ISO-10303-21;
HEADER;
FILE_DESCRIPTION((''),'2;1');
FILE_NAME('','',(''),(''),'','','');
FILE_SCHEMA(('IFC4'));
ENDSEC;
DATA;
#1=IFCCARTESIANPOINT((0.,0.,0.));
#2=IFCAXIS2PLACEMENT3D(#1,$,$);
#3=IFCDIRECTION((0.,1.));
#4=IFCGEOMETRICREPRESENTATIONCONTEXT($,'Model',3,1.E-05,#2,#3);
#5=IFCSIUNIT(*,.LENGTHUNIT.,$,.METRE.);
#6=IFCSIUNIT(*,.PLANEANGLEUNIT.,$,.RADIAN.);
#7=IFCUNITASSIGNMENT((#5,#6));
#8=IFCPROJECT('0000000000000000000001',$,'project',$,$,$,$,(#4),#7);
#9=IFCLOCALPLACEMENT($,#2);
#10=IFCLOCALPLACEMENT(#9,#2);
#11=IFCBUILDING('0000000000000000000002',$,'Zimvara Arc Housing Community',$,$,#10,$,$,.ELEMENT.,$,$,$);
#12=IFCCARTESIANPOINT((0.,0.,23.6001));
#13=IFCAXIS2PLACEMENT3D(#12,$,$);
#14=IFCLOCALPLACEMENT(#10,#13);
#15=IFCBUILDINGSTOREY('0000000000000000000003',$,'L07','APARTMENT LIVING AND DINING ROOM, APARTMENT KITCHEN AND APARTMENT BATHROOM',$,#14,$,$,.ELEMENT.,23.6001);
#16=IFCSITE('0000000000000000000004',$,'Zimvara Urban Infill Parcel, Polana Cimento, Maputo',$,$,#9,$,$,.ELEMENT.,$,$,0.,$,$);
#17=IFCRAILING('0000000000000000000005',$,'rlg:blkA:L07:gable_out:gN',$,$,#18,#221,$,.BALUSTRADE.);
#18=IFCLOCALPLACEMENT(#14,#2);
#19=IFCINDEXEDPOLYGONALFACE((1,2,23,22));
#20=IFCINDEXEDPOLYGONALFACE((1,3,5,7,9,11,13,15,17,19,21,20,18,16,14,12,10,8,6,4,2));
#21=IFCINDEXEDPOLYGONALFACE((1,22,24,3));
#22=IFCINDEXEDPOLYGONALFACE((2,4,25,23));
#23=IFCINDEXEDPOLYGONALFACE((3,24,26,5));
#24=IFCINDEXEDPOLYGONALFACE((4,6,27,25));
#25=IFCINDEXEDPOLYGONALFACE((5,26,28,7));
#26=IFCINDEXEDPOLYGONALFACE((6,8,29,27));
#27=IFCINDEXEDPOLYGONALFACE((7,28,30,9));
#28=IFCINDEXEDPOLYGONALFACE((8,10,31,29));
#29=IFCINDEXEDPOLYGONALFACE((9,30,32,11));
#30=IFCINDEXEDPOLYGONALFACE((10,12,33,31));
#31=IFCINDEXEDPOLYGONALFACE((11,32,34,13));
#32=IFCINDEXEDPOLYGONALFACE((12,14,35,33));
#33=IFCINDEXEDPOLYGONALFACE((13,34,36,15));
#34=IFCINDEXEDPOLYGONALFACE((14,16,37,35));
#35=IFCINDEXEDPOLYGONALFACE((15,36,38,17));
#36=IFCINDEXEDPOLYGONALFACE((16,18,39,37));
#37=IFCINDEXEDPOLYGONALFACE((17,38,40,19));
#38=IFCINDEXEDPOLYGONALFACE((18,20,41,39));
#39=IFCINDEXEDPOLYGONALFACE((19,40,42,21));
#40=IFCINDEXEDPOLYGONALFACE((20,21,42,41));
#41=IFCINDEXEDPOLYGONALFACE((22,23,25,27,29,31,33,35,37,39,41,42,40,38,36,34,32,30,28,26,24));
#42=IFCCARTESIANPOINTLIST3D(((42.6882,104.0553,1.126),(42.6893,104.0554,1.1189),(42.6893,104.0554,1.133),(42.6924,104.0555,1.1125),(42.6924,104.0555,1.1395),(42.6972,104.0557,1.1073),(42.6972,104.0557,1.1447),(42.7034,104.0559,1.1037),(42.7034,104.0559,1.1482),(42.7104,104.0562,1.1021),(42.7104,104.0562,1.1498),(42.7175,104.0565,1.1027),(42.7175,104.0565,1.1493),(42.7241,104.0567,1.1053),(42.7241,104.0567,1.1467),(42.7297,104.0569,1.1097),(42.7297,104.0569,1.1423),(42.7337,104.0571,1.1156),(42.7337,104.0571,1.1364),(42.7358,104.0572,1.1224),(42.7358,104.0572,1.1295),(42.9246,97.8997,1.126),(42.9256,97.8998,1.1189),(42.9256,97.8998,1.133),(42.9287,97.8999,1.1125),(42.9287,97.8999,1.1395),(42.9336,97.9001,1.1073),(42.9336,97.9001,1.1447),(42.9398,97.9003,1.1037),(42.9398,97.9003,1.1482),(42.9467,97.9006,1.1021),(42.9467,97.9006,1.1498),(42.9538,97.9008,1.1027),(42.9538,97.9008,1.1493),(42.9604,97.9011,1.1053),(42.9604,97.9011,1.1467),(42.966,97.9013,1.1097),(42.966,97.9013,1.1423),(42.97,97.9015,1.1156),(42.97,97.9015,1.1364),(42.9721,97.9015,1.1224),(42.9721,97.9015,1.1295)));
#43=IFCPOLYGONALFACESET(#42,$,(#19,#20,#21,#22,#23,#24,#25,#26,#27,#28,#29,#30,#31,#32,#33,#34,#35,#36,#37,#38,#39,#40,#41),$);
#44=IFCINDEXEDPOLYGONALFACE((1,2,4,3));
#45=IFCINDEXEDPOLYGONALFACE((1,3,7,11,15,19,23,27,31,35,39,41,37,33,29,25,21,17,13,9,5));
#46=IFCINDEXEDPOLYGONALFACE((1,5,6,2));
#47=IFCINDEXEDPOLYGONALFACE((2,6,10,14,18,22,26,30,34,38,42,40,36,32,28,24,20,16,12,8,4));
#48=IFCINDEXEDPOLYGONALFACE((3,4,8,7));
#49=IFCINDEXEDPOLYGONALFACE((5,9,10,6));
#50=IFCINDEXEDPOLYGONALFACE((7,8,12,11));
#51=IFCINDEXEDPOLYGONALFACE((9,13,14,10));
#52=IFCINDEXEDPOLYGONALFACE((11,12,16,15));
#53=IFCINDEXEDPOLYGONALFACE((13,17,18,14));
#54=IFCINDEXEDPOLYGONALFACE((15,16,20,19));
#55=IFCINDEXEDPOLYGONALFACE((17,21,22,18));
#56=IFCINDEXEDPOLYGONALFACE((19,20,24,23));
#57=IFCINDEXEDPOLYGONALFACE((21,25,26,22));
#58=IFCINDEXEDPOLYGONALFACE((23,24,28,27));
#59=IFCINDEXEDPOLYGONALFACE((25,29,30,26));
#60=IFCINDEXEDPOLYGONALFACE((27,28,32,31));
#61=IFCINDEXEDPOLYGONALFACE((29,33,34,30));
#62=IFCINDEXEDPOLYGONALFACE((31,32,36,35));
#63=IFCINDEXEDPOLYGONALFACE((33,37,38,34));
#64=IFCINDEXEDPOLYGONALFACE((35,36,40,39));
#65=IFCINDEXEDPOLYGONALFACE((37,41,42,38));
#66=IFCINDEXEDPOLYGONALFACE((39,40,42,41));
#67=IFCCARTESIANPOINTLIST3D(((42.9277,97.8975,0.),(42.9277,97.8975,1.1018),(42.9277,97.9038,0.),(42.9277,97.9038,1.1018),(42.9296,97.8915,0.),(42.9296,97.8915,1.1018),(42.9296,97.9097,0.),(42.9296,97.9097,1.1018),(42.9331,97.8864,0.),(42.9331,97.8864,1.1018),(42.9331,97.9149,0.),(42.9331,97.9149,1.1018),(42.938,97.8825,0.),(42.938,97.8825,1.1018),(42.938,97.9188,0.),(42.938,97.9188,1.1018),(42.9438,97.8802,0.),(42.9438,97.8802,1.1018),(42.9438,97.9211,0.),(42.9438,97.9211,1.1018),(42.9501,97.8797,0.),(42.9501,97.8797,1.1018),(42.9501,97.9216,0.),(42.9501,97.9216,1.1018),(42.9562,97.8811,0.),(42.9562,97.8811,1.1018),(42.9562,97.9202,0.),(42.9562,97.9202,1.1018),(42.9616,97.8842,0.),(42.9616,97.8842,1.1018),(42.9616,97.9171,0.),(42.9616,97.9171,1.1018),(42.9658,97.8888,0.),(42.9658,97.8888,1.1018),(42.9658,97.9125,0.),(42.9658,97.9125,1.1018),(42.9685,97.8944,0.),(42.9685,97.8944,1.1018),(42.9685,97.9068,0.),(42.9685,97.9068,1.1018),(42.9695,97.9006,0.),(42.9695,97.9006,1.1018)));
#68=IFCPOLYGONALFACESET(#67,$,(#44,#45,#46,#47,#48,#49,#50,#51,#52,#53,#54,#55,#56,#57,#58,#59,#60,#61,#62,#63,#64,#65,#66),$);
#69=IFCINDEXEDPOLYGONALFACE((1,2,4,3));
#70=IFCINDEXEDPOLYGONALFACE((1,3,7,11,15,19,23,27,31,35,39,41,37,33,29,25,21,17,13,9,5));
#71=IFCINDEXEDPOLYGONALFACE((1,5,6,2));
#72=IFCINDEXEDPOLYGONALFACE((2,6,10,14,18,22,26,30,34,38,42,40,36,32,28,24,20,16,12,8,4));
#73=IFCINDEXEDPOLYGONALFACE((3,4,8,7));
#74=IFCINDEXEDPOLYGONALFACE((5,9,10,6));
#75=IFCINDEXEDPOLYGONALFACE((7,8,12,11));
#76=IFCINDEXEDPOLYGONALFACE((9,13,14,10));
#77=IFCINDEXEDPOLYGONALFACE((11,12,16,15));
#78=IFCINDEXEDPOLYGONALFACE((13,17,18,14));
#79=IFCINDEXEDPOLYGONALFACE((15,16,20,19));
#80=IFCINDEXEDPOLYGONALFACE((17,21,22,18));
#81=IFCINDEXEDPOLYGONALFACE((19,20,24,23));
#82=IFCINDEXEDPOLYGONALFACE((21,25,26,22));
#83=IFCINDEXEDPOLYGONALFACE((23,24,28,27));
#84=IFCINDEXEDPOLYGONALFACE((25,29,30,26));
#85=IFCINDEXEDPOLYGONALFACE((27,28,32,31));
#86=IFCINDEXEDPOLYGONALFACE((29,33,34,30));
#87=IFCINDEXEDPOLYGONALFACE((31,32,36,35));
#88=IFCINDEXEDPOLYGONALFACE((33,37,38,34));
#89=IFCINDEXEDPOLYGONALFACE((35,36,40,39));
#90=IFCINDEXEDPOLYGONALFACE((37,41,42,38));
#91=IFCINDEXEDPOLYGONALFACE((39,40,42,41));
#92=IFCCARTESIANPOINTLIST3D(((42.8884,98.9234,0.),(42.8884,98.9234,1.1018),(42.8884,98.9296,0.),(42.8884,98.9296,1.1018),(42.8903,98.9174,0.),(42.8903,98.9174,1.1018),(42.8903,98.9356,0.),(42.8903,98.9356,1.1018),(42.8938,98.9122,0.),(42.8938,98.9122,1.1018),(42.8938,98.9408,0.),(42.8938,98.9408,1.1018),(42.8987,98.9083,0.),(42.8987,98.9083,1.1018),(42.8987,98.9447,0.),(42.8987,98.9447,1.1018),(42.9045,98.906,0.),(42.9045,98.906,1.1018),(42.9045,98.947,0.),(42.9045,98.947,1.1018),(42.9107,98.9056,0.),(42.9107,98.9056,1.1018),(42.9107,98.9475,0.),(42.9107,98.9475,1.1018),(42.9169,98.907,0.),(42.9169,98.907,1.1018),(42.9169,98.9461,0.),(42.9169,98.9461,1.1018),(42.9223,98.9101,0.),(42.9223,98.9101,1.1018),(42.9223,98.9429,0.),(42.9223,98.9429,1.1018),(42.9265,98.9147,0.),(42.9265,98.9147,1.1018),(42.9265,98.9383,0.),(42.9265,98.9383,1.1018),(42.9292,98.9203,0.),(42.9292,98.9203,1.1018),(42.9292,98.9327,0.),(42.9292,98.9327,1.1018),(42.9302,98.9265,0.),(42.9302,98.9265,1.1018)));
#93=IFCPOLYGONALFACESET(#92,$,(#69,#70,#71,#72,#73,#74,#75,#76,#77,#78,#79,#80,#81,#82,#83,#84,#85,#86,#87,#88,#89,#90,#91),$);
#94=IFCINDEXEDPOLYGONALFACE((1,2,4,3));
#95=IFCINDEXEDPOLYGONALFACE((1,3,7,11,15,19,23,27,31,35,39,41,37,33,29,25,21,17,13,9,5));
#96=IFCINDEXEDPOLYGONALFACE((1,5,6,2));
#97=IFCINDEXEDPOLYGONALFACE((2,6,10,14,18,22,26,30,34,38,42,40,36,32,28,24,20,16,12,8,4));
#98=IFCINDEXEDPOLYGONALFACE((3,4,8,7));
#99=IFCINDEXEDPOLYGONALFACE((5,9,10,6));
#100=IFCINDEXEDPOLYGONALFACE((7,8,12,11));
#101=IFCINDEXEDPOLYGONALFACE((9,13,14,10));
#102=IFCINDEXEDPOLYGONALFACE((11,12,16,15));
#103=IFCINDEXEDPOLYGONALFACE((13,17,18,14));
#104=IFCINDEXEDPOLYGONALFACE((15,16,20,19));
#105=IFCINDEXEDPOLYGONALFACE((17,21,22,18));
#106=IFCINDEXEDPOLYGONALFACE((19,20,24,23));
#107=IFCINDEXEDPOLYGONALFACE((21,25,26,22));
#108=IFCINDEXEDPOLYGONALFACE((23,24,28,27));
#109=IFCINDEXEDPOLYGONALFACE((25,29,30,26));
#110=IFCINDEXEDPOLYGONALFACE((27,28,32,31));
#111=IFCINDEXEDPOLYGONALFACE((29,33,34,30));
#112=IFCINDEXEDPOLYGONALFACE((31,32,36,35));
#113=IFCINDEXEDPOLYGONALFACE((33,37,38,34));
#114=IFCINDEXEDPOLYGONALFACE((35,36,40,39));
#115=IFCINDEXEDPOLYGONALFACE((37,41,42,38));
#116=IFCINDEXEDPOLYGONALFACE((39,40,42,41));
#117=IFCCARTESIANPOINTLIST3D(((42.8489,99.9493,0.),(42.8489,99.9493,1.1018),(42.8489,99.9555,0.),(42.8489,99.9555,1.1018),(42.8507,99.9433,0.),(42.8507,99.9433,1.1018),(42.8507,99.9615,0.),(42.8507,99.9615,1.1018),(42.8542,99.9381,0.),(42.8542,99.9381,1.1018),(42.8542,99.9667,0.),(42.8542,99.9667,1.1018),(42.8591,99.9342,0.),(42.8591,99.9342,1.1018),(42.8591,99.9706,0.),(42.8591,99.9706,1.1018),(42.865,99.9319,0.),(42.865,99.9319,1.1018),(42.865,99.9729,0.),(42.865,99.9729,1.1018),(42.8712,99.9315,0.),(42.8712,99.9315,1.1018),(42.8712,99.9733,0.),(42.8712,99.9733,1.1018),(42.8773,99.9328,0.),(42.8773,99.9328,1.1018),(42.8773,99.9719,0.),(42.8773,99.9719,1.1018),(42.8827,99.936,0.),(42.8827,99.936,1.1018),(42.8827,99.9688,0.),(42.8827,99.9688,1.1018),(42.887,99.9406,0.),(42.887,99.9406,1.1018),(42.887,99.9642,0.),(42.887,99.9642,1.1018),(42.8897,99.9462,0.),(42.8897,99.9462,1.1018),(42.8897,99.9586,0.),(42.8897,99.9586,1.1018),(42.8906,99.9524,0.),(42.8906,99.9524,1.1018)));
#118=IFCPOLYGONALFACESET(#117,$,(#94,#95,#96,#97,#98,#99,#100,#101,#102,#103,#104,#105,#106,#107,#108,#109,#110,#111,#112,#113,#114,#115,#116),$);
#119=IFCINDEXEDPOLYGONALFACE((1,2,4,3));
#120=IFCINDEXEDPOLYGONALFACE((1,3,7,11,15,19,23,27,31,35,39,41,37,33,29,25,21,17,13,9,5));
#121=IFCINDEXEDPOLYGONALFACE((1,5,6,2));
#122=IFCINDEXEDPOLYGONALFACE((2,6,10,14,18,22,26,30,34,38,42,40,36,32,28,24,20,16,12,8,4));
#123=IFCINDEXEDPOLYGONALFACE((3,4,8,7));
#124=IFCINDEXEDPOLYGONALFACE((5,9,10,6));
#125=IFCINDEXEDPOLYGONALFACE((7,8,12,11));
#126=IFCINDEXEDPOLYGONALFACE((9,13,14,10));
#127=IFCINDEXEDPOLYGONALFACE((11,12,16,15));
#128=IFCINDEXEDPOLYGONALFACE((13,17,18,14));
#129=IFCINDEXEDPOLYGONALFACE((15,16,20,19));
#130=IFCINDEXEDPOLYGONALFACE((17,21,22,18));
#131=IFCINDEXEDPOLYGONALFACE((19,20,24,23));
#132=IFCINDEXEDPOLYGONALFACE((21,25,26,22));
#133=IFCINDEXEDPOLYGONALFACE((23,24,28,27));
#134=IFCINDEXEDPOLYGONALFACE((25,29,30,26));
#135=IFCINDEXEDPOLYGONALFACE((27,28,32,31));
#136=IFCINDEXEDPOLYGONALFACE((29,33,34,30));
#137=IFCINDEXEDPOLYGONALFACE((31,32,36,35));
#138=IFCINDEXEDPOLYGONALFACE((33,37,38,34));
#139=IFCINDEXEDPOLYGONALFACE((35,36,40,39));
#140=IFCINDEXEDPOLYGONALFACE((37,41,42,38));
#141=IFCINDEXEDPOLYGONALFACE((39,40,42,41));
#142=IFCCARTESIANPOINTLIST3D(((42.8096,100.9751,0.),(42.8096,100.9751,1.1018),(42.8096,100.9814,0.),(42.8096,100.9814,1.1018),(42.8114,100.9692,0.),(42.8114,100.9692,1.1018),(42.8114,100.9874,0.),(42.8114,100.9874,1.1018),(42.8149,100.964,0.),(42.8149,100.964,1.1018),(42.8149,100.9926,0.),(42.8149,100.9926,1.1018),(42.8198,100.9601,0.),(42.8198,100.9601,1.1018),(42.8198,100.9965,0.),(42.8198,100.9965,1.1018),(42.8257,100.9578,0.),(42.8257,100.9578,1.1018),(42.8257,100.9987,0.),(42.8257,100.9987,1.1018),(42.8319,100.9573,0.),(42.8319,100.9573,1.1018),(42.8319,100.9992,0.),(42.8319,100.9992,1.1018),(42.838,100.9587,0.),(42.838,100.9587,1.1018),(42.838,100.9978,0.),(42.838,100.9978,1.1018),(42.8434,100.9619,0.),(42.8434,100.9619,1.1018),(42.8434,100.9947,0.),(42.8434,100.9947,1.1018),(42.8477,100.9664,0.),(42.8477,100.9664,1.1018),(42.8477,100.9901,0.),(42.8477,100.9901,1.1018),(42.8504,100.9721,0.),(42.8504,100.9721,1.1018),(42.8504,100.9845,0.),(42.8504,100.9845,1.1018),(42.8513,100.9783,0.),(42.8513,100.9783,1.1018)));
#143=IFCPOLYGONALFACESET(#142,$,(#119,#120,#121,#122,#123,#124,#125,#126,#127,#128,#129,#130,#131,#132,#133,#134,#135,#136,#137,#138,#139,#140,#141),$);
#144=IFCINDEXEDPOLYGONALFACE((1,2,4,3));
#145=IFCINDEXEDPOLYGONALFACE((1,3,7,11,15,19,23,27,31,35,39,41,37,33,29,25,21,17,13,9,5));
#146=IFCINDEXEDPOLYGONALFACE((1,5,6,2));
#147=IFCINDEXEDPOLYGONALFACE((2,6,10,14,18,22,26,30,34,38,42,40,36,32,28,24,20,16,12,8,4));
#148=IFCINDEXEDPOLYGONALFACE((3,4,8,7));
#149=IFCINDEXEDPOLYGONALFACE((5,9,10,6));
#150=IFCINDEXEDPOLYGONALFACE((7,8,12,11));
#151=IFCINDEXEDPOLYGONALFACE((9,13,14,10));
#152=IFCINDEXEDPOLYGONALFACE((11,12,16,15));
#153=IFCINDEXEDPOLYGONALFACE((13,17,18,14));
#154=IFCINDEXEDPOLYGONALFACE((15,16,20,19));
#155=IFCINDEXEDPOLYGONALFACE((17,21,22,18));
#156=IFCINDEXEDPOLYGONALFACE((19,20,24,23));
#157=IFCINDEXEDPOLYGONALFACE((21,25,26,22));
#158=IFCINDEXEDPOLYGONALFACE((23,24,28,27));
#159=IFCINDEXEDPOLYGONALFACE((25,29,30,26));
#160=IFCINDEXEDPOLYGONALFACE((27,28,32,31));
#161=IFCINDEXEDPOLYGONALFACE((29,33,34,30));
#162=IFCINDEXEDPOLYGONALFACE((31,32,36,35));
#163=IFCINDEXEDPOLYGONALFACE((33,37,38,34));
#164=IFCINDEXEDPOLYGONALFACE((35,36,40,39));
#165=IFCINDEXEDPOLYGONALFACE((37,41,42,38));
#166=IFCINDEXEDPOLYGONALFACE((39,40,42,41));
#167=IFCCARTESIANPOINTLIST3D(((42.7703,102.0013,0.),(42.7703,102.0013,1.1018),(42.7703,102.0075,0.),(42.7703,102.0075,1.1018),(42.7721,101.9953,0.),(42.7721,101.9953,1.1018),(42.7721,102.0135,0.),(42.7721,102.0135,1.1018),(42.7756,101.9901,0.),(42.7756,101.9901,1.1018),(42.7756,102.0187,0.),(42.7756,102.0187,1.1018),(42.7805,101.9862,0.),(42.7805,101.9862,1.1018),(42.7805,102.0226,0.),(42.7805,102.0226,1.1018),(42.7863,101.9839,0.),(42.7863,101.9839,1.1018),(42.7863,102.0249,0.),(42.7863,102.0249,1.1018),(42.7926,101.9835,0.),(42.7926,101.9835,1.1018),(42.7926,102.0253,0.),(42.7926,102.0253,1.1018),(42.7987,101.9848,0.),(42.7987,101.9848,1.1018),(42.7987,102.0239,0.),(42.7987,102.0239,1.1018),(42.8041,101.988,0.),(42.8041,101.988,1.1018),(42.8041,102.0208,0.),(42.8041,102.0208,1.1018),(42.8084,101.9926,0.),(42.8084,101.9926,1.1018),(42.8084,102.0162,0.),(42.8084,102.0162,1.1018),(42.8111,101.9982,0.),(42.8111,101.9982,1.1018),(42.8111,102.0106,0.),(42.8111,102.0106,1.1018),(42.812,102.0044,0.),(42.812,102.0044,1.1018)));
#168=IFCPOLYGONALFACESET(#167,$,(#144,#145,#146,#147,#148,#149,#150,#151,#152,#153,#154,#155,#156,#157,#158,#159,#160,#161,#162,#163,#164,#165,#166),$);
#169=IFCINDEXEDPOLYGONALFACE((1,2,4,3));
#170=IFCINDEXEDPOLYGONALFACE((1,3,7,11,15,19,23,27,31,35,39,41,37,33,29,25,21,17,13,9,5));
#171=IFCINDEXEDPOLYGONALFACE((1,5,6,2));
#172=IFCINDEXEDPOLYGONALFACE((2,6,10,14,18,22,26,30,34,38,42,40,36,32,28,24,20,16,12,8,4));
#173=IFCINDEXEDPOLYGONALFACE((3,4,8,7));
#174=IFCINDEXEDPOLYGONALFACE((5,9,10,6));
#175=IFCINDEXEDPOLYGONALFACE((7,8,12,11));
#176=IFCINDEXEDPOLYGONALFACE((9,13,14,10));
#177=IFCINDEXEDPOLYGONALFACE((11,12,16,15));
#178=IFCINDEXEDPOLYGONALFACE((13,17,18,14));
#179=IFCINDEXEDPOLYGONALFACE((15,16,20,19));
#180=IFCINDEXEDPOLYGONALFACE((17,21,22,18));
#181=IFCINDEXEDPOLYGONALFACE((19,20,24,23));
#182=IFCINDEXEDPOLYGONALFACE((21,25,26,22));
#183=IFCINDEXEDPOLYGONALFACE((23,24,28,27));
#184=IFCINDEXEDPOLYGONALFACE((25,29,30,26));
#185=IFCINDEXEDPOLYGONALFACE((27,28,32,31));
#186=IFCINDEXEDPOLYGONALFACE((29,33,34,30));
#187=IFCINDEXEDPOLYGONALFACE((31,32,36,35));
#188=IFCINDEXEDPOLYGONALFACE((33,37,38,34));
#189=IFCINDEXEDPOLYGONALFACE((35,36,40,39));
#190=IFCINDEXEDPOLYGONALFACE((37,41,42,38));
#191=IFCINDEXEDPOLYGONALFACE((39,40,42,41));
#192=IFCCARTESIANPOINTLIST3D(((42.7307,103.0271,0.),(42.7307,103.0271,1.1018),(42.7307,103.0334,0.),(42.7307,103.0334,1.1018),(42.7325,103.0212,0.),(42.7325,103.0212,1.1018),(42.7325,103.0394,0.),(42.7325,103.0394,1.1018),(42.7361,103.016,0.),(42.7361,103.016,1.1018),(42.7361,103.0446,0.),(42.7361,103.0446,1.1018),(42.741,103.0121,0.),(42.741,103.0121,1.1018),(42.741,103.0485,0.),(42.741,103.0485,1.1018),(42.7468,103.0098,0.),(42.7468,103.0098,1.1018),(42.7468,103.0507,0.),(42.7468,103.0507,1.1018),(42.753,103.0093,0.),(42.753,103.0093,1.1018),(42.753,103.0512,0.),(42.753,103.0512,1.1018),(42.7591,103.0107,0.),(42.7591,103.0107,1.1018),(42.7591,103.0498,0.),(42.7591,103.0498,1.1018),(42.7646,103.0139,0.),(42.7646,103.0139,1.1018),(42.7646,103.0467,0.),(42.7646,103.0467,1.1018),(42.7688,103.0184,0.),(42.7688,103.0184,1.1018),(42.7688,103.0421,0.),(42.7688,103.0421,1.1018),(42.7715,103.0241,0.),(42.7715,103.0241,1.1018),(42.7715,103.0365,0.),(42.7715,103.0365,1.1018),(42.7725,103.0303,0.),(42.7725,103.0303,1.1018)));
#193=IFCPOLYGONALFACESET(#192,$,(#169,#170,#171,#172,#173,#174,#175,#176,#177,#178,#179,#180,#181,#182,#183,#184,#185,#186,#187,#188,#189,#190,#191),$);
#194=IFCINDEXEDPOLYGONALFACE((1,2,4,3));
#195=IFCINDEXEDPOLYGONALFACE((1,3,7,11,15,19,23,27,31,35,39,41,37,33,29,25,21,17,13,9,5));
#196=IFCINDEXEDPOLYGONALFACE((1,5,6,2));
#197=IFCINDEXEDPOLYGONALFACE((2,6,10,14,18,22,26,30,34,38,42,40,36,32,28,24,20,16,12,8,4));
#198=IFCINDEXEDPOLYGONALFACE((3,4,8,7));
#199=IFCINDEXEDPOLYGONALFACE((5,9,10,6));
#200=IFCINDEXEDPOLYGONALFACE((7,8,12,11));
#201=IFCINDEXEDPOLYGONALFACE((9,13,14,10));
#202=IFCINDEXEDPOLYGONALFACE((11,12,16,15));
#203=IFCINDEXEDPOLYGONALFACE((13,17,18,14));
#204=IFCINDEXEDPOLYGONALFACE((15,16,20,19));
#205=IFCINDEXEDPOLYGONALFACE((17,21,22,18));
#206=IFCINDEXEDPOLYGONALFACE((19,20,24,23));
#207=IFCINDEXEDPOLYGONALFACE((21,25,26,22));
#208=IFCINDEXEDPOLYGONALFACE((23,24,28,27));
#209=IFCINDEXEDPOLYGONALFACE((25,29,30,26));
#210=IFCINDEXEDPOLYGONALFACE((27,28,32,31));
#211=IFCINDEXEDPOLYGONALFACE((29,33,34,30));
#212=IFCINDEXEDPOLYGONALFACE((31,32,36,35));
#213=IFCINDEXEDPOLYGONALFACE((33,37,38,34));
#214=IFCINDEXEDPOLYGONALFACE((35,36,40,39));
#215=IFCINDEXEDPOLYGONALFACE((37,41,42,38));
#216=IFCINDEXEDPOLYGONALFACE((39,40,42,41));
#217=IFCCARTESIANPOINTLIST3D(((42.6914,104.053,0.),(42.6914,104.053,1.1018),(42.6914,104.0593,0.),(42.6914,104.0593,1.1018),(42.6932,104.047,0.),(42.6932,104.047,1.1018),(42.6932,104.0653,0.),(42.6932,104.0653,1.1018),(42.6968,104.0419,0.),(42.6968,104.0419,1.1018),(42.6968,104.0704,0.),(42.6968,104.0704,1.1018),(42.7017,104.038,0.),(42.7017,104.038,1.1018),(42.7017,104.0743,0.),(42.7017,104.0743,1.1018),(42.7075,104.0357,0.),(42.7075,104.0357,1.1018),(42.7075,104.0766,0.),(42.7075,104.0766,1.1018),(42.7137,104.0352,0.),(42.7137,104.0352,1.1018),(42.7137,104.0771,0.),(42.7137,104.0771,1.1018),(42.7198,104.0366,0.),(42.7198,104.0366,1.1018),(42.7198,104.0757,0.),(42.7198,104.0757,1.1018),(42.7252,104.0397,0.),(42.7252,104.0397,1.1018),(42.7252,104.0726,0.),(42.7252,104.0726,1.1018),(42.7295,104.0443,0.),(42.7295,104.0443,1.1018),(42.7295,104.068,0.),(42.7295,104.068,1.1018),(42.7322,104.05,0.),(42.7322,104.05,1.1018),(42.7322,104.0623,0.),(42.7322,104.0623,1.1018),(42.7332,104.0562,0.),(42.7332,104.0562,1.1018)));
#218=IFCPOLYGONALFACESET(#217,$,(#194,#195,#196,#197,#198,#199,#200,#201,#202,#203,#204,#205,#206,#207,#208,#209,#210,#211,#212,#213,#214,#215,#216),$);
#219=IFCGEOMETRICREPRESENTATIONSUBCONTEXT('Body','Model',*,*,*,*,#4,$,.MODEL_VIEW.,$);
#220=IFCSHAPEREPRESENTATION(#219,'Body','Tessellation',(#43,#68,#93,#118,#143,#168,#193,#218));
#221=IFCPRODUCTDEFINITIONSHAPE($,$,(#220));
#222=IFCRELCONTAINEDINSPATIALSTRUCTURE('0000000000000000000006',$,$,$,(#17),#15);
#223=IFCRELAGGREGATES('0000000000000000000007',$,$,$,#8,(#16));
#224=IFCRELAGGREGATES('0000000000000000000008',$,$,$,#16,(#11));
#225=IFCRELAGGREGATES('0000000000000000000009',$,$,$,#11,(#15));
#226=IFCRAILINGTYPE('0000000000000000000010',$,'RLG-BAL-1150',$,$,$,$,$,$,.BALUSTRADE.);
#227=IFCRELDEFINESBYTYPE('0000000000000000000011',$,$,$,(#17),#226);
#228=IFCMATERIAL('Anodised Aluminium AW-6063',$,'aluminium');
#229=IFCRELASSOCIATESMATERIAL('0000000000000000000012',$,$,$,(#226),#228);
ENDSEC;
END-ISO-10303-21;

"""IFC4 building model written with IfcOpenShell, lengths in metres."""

from ifc_helpers import new_model, si_unit, direction, frame, origin, origin_2d, place, context, subcontext, project, spatial, circle, extrude, material, type_object, element, save


model = new_model("IFC4")

# Units and contexts
model_context = context("Model", 3, precision=1e-05, world=origin(), true_north=direction((0.0, 1.0)))
body_context = subcontext(model_context, "Body", "Model", "MODEL_VIEW")
ifc_project = project(units=[si_unit("LENGTHUNIT", "METRE"), si_unit("PLANEANGLEUNIT", "RADIAN")], contexts=[model_context])

# Site, building, storey
site_placement = place(None, origin())
site = spatial("IfcSite", under=ifc_project, at=site_placement, Name="Zimvara Urban Infill Parcel, Polana Cimento, Maputo", CompositionType="ELEMENT", RefElevation=0.0)
building_placement = place(site_placement, origin())
building = spatial("IfcBuilding", under=site, at=building_placement, Name="Zimvara Arc Housing Community", CompositionType="ELEMENT")
storey_placement = place(building_placement, frame((0.0, 0.0, 23.6001)))
storey = spatial("IfcBuildingStorey", under=building, at=storey_placement, Name="L07", Description="APARTMENT LIVING AND DINING ROOM, APARTMENT KITCHEN AND APARTMENT BATHROOM", CompositionType="ELEMENT", Elevation=23.6001)

# Railing
ifc_material_1 = material(Name="Anodised Aluminium AW-6063", Category="aluminium")
railing_type = type_object("IfcRailingType", Name="RLG-BAL-1150", PredefinedType="BALUSTRADE", material=ifc_material_1)
railing_1_placement = place(storey_placement, frame((42.9485, 97.9006, 0.0)))
element("IfcRailing", 1, at=railing_1_placement, inside=storey, type_object=railing_type, Name="rlg:blkA:L07:gable_out:gN", PredefinedType="BALUSTRADE", context=body_context, shape_type="SweptSolid", body=[
    extrude(circle(Radius=0.0239, at=origin_2d()), frame((0.0, 0.0, 1.126), z_axis=(-0.038365, 0.999264, 0.0), x_axis=(-0.999264, -0.038365, 0.0)), (0.0, 0.0, 1.0), 6.1602),
    extrude(circle(Radius=0.021, at=origin_2d()), origin(), (0.0, 0.0, 1.0), 1.1018),
    extrude(circle(Radius=0.021, at=origin_2d()), frame((-0.0393, 1.0259, 0.0)), (0.0, 0.0, 1.0), 1.1018),
    extrude(circle(Radius=0.021, at=origin_2d()), frame((-0.0789, 2.0518, 0.0)), (0.0, 0.0, 1.0), 1.1018),
    extrude(circle(Radius=0.021, at=origin_2d()), frame((-0.1182, 3.0776, 0.0)), (0.0, 0.0, 1.0), 1.1018),
    extrude(circle(Radius=0.021, at=origin_2d()), frame((-0.1575, 4.1038, 0.0)), (0.0, 0.0, 1.0), 1.1018),
    extrude(circle(Radius=0.021, at=origin_2d()), frame((-0.197, 5.1296, 0.0)), (0.0, 0.0, 1.0), 1.1018),
    extrude(circle(Radius=0.021, at=origin_2d()), frame((-0.2363, 6.1555, 0.0)), (0.0, 0.0, 1.0), 1.1018),
])

save(model, "model.ifc")
